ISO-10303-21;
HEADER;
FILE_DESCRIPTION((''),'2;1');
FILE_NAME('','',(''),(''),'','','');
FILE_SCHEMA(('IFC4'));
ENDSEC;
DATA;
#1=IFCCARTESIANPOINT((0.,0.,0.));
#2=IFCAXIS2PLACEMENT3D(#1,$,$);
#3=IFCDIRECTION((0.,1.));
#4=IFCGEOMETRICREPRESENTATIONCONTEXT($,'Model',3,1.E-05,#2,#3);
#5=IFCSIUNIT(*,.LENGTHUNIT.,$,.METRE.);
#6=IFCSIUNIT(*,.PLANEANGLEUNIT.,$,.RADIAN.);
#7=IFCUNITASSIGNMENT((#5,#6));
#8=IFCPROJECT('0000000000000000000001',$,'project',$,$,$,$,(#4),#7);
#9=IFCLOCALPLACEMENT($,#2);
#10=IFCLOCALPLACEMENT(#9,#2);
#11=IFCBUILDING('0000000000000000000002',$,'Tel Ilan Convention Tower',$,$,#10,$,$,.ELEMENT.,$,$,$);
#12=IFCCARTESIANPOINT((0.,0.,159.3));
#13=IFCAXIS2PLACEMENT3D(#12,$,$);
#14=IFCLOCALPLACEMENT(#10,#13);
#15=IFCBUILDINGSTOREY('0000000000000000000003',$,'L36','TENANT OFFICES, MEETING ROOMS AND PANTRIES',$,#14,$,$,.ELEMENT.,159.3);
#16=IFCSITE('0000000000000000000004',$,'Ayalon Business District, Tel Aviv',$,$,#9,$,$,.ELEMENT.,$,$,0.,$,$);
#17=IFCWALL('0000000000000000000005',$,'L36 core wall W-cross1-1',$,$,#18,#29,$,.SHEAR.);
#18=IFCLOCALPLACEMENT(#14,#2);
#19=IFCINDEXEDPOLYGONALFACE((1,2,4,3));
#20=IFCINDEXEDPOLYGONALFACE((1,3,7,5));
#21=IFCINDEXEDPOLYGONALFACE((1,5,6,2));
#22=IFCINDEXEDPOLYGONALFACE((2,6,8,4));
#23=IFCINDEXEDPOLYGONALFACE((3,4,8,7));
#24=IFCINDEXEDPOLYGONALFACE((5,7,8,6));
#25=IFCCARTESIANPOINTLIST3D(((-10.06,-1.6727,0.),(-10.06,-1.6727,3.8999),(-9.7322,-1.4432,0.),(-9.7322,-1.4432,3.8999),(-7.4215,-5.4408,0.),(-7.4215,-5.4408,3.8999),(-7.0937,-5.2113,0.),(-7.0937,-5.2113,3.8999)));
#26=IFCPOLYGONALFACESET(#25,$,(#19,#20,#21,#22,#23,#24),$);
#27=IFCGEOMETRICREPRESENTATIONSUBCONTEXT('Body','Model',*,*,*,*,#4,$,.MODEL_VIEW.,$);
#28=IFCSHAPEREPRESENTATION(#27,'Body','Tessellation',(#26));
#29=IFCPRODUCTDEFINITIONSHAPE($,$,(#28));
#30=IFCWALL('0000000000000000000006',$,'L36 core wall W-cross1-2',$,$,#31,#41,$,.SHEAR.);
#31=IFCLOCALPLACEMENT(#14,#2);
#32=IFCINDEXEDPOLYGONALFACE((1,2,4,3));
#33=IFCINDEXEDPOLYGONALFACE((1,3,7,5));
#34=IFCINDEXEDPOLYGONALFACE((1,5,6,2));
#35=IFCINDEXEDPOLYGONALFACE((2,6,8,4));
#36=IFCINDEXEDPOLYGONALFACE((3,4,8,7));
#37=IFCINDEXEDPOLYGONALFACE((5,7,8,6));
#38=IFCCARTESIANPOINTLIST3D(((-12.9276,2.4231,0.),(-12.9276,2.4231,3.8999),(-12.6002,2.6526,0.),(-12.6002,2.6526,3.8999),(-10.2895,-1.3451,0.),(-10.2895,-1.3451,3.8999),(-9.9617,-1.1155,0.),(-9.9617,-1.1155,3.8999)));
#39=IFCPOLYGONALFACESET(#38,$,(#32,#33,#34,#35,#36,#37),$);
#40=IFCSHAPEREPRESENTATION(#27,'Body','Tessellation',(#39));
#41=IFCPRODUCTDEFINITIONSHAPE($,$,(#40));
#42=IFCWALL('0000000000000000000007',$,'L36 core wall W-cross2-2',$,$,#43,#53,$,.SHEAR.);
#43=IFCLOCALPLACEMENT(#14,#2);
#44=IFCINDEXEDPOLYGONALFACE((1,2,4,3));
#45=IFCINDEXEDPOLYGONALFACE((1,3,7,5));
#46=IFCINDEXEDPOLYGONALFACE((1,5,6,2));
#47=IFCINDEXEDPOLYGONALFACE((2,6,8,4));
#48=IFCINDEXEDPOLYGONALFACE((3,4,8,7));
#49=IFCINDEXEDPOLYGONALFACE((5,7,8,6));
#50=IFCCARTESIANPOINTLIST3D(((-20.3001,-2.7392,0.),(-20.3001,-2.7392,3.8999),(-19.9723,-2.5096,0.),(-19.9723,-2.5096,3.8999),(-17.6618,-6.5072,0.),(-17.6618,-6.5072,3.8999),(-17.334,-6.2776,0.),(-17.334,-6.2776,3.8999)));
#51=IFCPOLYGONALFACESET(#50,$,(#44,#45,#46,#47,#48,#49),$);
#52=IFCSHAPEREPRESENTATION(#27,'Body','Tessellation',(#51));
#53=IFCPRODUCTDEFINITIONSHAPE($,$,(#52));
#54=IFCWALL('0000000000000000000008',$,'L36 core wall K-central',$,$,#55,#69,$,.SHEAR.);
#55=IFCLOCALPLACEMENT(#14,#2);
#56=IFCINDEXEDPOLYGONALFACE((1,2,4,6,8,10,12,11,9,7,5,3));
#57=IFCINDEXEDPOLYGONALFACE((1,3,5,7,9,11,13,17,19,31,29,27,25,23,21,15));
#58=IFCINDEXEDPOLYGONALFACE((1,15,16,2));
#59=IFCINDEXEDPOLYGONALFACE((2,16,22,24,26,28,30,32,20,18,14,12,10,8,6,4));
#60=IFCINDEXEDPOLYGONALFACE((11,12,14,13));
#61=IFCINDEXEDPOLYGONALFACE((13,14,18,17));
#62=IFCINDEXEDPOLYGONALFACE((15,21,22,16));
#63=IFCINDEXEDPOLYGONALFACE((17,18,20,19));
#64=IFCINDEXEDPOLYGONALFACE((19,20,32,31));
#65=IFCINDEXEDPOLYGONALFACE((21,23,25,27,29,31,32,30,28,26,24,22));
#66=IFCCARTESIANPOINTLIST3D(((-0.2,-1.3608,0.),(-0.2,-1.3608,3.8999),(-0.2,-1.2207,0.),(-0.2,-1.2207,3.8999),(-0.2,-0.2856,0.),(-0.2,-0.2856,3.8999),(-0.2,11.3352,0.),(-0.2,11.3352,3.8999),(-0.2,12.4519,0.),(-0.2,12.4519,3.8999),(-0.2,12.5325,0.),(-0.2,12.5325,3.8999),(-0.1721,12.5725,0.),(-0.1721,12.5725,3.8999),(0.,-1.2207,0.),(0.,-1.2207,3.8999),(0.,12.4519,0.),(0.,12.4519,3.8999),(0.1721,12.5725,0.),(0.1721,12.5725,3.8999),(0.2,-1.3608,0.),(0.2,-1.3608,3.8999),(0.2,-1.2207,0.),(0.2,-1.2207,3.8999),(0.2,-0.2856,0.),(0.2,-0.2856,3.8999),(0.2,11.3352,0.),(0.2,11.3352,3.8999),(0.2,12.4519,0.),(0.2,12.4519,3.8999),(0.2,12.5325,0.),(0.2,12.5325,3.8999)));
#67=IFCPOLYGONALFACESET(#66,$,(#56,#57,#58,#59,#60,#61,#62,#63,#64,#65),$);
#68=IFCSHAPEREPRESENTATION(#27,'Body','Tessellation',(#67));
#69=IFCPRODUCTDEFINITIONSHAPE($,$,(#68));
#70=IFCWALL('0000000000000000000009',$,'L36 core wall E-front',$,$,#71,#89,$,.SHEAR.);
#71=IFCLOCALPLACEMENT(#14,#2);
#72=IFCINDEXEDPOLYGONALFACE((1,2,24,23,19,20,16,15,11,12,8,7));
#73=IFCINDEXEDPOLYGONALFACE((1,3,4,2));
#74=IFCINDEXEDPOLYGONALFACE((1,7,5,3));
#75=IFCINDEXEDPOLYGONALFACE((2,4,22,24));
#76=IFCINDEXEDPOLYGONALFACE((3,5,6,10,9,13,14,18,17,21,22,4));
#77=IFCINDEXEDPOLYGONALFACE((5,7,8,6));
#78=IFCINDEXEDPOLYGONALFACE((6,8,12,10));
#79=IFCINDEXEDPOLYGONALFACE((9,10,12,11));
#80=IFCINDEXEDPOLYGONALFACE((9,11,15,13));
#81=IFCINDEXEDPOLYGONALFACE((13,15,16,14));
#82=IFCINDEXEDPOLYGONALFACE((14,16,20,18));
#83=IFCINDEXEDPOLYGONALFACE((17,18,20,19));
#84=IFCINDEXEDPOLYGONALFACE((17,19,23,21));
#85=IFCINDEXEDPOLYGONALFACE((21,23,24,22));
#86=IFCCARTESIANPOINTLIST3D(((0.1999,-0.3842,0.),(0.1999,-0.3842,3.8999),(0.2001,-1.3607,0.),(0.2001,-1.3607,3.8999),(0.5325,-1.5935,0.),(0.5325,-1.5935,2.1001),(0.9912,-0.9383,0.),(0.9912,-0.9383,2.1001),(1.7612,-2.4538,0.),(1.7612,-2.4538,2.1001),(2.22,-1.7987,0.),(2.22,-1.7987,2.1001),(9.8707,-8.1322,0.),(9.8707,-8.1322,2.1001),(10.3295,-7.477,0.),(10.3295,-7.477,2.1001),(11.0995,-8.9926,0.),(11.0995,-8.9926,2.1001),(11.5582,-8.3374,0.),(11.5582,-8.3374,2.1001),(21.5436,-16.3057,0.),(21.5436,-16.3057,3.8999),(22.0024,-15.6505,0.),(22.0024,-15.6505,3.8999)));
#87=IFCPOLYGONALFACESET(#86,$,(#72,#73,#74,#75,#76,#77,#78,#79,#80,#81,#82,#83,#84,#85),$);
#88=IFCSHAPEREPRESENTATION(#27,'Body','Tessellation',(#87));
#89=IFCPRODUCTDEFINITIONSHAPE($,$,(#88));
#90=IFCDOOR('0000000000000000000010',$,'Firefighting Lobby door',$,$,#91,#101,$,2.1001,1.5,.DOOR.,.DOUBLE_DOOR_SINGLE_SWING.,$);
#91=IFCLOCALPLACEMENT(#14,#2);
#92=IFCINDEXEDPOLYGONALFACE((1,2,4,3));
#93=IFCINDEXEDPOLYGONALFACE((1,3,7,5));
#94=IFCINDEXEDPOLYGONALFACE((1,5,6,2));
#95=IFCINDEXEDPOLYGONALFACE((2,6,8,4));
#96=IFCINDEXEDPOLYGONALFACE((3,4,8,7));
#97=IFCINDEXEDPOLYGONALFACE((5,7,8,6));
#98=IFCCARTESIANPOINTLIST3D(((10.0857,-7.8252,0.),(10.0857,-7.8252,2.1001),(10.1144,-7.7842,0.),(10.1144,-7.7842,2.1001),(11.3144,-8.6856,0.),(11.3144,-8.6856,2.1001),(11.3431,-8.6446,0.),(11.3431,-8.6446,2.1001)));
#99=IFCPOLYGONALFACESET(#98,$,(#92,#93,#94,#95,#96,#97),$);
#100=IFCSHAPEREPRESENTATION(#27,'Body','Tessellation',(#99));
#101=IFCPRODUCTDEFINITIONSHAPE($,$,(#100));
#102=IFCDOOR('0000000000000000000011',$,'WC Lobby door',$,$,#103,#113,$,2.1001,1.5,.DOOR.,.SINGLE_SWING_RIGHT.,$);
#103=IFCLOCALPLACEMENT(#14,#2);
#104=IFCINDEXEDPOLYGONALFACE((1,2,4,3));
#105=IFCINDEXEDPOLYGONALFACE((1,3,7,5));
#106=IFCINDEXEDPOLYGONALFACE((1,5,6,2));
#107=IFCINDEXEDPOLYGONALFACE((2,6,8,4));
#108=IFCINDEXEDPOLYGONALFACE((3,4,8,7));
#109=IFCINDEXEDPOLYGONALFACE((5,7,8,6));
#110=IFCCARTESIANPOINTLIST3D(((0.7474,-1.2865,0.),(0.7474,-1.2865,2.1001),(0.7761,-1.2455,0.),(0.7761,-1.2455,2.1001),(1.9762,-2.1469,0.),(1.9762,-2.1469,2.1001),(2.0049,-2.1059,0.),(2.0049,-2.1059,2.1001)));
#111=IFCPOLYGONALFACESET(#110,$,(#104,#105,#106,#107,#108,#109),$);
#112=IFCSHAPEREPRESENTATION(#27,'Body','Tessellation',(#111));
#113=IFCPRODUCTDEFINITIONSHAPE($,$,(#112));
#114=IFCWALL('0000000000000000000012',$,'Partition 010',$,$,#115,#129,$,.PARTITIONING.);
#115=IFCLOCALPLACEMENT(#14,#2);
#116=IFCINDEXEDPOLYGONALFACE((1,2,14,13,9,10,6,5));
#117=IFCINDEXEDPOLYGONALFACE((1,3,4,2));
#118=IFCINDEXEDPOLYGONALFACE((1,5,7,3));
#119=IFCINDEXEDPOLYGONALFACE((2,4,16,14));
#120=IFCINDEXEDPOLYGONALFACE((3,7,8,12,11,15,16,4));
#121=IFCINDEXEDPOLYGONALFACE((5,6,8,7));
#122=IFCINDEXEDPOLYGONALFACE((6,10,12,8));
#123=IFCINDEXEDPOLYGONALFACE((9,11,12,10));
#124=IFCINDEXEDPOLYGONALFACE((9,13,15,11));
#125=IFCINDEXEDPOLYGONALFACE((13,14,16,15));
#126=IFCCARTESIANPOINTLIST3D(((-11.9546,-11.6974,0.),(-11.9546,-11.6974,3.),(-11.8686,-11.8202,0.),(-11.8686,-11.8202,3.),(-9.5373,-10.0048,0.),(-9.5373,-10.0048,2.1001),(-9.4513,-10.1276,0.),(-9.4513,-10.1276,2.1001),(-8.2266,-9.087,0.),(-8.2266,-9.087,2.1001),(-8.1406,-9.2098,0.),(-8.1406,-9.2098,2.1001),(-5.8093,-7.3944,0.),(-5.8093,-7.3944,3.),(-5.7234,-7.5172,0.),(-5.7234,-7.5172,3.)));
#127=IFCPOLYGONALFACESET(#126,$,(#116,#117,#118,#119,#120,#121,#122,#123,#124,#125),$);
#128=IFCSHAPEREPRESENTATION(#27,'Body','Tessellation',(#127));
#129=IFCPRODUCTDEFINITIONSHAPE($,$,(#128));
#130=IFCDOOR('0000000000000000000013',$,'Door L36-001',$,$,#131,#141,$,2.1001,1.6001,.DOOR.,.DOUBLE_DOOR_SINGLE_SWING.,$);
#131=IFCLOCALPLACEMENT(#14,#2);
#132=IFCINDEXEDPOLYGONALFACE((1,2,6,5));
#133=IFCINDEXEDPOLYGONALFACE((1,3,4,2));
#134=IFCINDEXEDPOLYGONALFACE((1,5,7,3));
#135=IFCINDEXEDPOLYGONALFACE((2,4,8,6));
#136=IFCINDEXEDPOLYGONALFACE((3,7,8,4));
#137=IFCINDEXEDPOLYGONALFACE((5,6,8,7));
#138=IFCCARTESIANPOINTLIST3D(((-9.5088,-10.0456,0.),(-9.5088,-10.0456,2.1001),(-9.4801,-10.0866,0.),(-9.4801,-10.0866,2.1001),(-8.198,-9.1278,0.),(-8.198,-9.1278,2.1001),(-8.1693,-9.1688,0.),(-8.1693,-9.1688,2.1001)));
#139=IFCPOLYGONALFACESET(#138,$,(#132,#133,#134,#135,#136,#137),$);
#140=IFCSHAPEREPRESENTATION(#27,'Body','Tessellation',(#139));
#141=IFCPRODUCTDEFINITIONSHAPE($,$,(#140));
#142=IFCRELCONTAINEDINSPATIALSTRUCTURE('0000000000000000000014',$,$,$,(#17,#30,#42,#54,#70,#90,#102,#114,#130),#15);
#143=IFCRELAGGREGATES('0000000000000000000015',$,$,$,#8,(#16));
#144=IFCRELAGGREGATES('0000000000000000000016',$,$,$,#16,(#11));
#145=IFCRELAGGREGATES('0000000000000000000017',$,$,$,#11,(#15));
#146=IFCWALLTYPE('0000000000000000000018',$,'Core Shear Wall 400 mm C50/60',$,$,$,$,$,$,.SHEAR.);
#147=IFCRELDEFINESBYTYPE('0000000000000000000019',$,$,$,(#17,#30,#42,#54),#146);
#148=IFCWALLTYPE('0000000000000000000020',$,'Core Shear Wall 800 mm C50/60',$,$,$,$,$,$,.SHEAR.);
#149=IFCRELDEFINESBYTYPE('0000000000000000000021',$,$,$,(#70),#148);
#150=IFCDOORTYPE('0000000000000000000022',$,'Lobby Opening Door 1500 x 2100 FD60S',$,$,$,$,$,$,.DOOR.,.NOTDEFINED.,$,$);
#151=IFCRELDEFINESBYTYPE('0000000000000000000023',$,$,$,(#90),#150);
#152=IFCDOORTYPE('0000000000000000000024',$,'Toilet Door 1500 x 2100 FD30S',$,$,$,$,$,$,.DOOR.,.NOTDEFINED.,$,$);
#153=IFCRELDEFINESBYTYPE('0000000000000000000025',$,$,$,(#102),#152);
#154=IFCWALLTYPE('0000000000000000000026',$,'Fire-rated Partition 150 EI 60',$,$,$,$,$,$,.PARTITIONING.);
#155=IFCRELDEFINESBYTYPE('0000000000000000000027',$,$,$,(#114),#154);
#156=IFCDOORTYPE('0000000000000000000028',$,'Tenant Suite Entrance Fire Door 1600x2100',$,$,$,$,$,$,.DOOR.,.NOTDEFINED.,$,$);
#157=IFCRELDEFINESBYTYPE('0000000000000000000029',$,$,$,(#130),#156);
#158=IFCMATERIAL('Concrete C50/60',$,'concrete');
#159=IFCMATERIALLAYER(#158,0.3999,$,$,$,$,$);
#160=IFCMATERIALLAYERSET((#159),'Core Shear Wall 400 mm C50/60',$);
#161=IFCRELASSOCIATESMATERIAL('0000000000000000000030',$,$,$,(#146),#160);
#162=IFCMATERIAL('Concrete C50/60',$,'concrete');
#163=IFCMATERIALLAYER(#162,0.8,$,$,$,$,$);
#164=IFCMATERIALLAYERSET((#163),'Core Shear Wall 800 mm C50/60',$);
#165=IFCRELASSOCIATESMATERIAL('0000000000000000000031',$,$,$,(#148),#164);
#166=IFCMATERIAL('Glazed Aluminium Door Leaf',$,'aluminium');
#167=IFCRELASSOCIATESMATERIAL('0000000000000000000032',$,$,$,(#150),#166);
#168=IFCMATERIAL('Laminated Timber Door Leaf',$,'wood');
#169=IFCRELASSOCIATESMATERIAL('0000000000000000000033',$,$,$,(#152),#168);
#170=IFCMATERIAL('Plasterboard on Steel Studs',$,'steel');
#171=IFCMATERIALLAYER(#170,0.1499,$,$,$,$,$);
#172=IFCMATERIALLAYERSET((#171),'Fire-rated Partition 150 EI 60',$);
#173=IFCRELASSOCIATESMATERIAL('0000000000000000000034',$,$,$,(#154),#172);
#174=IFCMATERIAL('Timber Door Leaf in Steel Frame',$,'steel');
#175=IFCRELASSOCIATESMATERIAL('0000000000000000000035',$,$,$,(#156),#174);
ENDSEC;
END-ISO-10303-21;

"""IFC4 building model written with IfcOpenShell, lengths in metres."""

from ifc_helpers import new_model, si_unit, direction, frame, frame_2d, origin, place, context, subcontext, project, spatial, polyline, rectangle, outline, extrude, material, layer, layer_set, type_object, element, fill, save


model = new_model("IFC4")

# Units and contexts
model_context = context("Model", 3, precision=1e-05, world=origin(), true_north=direction((0.0, 1.0)))
body_context = subcontext(model_context, "Body", "Model", "MODEL_VIEW")
ifc_project = project(units=[si_unit("LENGTHUNIT", "METRE"), si_unit("PLANEANGLEUNIT", "RADIAN")], contexts=[model_context])

# Site, building, storey
site_placement = place(None, origin())
site = spatial("IfcSite", under=ifc_project, at=site_placement, Name="Ayalon Business District, Tel Aviv", CompositionType="ELEMENT", RefElevation=0.0)
building_placement = place(site_placement, origin())
building = spatial("IfcBuilding", under=site, at=building_placement, Name="Tel Ilan Convention Tower", CompositionType="ELEMENT")
storey_placement = place(building_placement, frame((0.0, 0.0, 159.3)))
storey = spatial("IfcBuildingStorey", under=building, at=storey_placement, Name="L36", Description="TENANT OFFICES, MEETING ROOMS AND PANTRIES", CompositionType="ELEMENT", Elevation=159.3)

# Walls
ifc_material_1 = material(Name="Concrete C50/60", Category="concrete")
ifc_layer_1 = layer(ifc_material_1, 0.3999)
ifc_layer_set_1 = layer_set([ifc_layer_1], Name="Core Shear Wall 400 mm C50/60")
wall_type_1 = type_object("IfcWallType", Name="Core Shear Wall 400 mm C50/60", PredefinedType="SHEAR", material=ifc_layer_set_1)
wall_1_placement = place(storey_placement, frame((-7.2578, -5.3259, 0.0), z_axis=(0.0, 0.0, 1.0), x_axis=(-0.573541, 0.819177, 0.0)))
element("IfcWall", 1, at=wall_1_placement, inside=storey, type_object=wall_type_1, Name="L36 core wall W-cross1-1", PredefinedType="SHEAR", context=body_context, shape_type="SweptSolid", body=[
    extrude(outline(polyline([(4.5999, 0.2002), (-0.0002, 0.2), (-0.0002, -0.2002), (4.5999, -0.2), (4.5999, 0.2002)])), origin(), (0.0, 0.0, 1.0), 3.8999),
])
wall_2_placement = place(storey_placement, frame((-10.1255, -1.2302, 0.0), z_axis=(0.0, 0.0, 1.0), x_axis=(-0.573576, 0.819152, 0.0)))
element("IfcWall", 2, at=wall_2_placement, inside=storey, type_object=wall_type_1, Name="L36 core wall W-cross1-2", PredefinedType="SHEAR", context=body_context, shape_type="SweptSolid", body=[
    extrude(outline(polyline([(4.6001, -0.2), (4.5999, 0.2), (0.0, 0.2002), (0.0, -0.2), (4.6001, -0.2)])), origin(), (0.0, 0.0, 1.0), 3.8999),
])
wall_3_placement = place(storey_placement, frame((-17.4978, -6.3923, 0.0), z_axis=(0.0, 0.0, 1.0), x_axis=(-0.573612, 0.819127, 0.0)))
element("IfcWall", 3, at=wall_3_placement, inside=storey, type_object=wall_type_1, Name="L36 core wall W-cross2-2", PredefinedType="SHEAR", context=body_context, shape_type="SweptSolid", body=[
    extrude(outline(polyline([(4.5999, -0.2002), (4.5999, 0.2), (0.0, 0.2002), (0.0, -0.2), (4.5999, -0.2002)])), origin(), (0.0, 0.0, 1.0), 3.8999),
])
wall_4_placement = place(storey_placement, frame((0.0, -1.3608, 0.0), z_axis=(0.0, 0.0, 1.0), x_axis=(0.0, 1.0, 0.0)))
element("IfcWall", 4, at=wall_4_placement, inside=storey, type_object=wall_type_1, Name="L36 core wall K-central", PredefinedType="SHEAR", context=body_context, shape_type="SweptSolid", body=[
    extrude(outline(polyline([(0.0, -0.2), (0.1401, -0.2), (1.0752, -0.2), (12.696, -0.2), (13.8127, -0.2), (13.8933, -0.2), (13.9333, -0.1721), (13.8127, 0.0), (13.9333, 0.1721), (13.8933, 0.2), (13.8127, 0.2), (12.696, 0.2), (1.0752, 0.2), (0.1401, 0.2), (0.0, 0.2), (0.1401, 0.0), (0.0, -0.2)])), origin(), (0.0, 0.0, 1.0), 3.8999),
])

# Wall, openings, doors
ifc_material_2 = material(Name="Concrete C50/60", Category="concrete")
ifc_layer_2 = layer(ifc_material_2, 0.8)
ifc_layer_set_2 = layer_set([ifc_layer_2], Name="Core Shear Wall 800 mm C50/60")
wall_type_2 = type_object("IfcWallType", Name="Core Shear Wall 800 mm C50/60", PredefinedType="SHEAR", material=ifc_layer_set_2)
wall_5_placement = place(storey_placement, frame((-0.0293, -0.7119, 0.0), z_axis=(0.0, 0.0, 1.0), x_axis=(0.819152, -0.573577, 0.0)))
wall_5 = element("IfcWall", 5, at=wall_5_placement, inside=storey, type_object=wall_type_2, Name="L36 core wall E-front", PredefinedType="SHEAR", context=body_context, shape_type="SweptSolid", body=[
    extrude(outline(polyline([(26.6157, 0.3999), (-0.0002, 0.3999), (0.5601, -0.3999), (26.6157, -0.3999), (26.6157, 0.3999)])), origin(), (0.0, 0.0, 1.0), 3.8999),
])
opening_1_placement = place(wall_5_placement, frame((0.9658, 0.0, 0.0)))
opening_1 = element("IfcOpeningElement", 6, at=opening_1_placement, cuts=wall_5, PredefinedType="OPENING", context=body_context, shape_type="SweptSolid", body=[
    extrude(rectangle(XDim=1.5, YDim=2.1001, at=frame_2d((0.75, 1.05))), frame((0.0, 0.4099, 0.0), z_axis=(0.0, -1.0, 0.0), x_axis=(1.0, 0.0, 0.0)), (0.0, 0.0, 1.0), 0.8201),
])
opening_2_placement = place(wall_5_placement, frame((12.3657, 0.0, 0.0)))
opening_2 = element("IfcOpeningElement", 7, at=opening_2_placement, cuts=wall_5, PredefinedType="OPENING", context=body_context, shape_type="SweptSolid", body=[
    extrude(rectangle(XDim=1.5, YDim=2.1001, at=frame_2d((0.75, 1.05))), frame((0.0, 0.4099, 0.0), z_axis=(0.0, -1.0, 0.0), x_axis=(1.0, 0.0, 0.0)), (0.0, 0.0, 1.0), 0.8201),
])
ifc_material_3 = material(Name="Glazed Aluminium Door Leaf", Category="aluminium")
door_type_1 = type_object("IfcDoorType", Name="Lobby Opening Door 1500 x 2100 FD60S", OperationType="NOTDEFINED", PredefinedType="DOOR", material=ifc_material_3)
door_1_placement = place(opening_2_placement, origin())
door_1 = element("IfcDoor", 8, at=door_1_placement, inside=storey, type_object=door_type_1, Name="Firefighting Lobby door", OperationType="DOUBLE_DOOR_SINGLE_SWING", OverallHeight=2.1001, OverallWidth=1.5, PredefinedType="DOOR", context=body_context, shape_type="SweptSolid", body=[
    extrude(rectangle(XDim=1.5, YDim=2.1001, at=frame_2d((0.75, 1.05))), frame((0.0, 0.0249, 0.0), z_axis=(0.0, -1.0, 0.0), x_axis=(1.0, 0.0, 0.0)), (0.0, 0.0, 1.0), 0.05),
])
fill(opening_2, door_1)
ifc_material_4 = material(Name="Laminated Timber Door Leaf", Category="wood")
door_type_2 = type_object("IfcDoorType", Name="Toilet Door 1500 x 2100 FD30S", OperationType="NOTDEFINED", PredefinedType="DOOR", material=ifc_material_4)
door_2_placement = place(opening_1_placement, origin())
door_2 = element("IfcDoor", 9, at=door_2_placement, inside=storey, type_object=door_type_2, Name="WC Lobby door", OperationType="SINGLE_SWING_RIGHT", OverallHeight=2.1001, OverallWidth=1.5, PredefinedType="DOOR", context=body_context, shape_type="SweptSolid", body=[
    extrude(rectangle(XDim=1.5, YDim=2.1001, at=frame_2d((0.75, 1.05))), frame((0.0, 0.0249, 0.0), z_axis=(0.0, -1.0, 0.0), x_axis=(1.0, 0.0, 0.0)), (0.0, 0.0, 1.0), 0.05),
])
fill(opening_1, door_2)

# Wall, opening, door
ifc_material_5 = material(Name="Plasterboard on Steel Studs", Category="steel")
ifc_layer_3 = layer(ifc_material_5, 0.1499)
ifc_layer_set_3 = layer_set([ifc_layer_3], Name="Fire-rated Partition 150 EI 60")
wall_type_3 = type_object("IfcWallType", Name="Fire-rated Partition 150 EI 60", PredefinedType="PARTITIONING", material=ifc_layer_set_3)
wall_6_placement = place(storey_placement, frame((-5.7664, -7.4558, 0.0), z_axis=(0.0, 0.0, 1.0), x_axis=(-0.819151, -0.573578, 0.0)))
wall_6 = element("IfcWall", 10, at=wall_6_placement, inside=storey, type_object=wall_type_3, Name="Partition 010", PredefinedType="PARTITIONING", context=body_context, shape_type="SweptSolid", body=[
    extrude(rectangle(XDim=7.502, YDim=0.1499, at=frame_2d((3.751, 0.0))), origin(), (0.0, 0.0, 1.0), 3.0),
])
opening_3_placement = place(wall_6_placement, frame((2.9509, 0.0, 0.0)))
opening_3 = element("IfcOpeningElement", 11, at=opening_3_placement, cuts=wall_6, PredefinedType="OPENING", context=body_context, shape_type="SweptSolid", body=[
    extrude(rectangle(XDim=1.6001, YDim=2.1001, at=frame_2d((0.8, 1.05))), frame((0.0, 0.085, 0.0), z_axis=(0.0, -1.0, 0.0), x_axis=(1.0, 0.0, 0.0)), (0.0, 0.0, 1.0), 0.1699),
])
ifc_material_6 = material(Name="Timber Door Leaf in Steel Frame", Category="steel")
door_type_3 = type_object("IfcDoorType", Name="Tenant Suite Entrance Fire Door 1600x2100", OperationType="NOTDEFINED", PredefinedType="DOOR", material=ifc_material_6)
door_3_placement = place(opening_3_placement, origin())
door_3 = element("IfcDoor", 12, at=door_3_placement, inside=storey, type_object=door_type_3, Name="Door L36-001", OperationType="DOUBLE_DOOR_SINGLE_SWING", OverallHeight=2.1001, OverallWidth=1.6001, PredefinedType="DOOR", context=body_context, shape_type="SweptSolid", body=[
    extrude(rectangle(XDim=1.6001, YDim=2.1001, at=frame_2d((0.8, 1.05))), frame((0.0, 0.0249, 0.0), z_axis=(0.0, -1.0, 0.0), x_axis=(1.0, 0.0, 0.0)), (0.0, 0.0, 1.0), 0.05),
])
fill(opening_3, door_3)

save(model, "model.ifc")
